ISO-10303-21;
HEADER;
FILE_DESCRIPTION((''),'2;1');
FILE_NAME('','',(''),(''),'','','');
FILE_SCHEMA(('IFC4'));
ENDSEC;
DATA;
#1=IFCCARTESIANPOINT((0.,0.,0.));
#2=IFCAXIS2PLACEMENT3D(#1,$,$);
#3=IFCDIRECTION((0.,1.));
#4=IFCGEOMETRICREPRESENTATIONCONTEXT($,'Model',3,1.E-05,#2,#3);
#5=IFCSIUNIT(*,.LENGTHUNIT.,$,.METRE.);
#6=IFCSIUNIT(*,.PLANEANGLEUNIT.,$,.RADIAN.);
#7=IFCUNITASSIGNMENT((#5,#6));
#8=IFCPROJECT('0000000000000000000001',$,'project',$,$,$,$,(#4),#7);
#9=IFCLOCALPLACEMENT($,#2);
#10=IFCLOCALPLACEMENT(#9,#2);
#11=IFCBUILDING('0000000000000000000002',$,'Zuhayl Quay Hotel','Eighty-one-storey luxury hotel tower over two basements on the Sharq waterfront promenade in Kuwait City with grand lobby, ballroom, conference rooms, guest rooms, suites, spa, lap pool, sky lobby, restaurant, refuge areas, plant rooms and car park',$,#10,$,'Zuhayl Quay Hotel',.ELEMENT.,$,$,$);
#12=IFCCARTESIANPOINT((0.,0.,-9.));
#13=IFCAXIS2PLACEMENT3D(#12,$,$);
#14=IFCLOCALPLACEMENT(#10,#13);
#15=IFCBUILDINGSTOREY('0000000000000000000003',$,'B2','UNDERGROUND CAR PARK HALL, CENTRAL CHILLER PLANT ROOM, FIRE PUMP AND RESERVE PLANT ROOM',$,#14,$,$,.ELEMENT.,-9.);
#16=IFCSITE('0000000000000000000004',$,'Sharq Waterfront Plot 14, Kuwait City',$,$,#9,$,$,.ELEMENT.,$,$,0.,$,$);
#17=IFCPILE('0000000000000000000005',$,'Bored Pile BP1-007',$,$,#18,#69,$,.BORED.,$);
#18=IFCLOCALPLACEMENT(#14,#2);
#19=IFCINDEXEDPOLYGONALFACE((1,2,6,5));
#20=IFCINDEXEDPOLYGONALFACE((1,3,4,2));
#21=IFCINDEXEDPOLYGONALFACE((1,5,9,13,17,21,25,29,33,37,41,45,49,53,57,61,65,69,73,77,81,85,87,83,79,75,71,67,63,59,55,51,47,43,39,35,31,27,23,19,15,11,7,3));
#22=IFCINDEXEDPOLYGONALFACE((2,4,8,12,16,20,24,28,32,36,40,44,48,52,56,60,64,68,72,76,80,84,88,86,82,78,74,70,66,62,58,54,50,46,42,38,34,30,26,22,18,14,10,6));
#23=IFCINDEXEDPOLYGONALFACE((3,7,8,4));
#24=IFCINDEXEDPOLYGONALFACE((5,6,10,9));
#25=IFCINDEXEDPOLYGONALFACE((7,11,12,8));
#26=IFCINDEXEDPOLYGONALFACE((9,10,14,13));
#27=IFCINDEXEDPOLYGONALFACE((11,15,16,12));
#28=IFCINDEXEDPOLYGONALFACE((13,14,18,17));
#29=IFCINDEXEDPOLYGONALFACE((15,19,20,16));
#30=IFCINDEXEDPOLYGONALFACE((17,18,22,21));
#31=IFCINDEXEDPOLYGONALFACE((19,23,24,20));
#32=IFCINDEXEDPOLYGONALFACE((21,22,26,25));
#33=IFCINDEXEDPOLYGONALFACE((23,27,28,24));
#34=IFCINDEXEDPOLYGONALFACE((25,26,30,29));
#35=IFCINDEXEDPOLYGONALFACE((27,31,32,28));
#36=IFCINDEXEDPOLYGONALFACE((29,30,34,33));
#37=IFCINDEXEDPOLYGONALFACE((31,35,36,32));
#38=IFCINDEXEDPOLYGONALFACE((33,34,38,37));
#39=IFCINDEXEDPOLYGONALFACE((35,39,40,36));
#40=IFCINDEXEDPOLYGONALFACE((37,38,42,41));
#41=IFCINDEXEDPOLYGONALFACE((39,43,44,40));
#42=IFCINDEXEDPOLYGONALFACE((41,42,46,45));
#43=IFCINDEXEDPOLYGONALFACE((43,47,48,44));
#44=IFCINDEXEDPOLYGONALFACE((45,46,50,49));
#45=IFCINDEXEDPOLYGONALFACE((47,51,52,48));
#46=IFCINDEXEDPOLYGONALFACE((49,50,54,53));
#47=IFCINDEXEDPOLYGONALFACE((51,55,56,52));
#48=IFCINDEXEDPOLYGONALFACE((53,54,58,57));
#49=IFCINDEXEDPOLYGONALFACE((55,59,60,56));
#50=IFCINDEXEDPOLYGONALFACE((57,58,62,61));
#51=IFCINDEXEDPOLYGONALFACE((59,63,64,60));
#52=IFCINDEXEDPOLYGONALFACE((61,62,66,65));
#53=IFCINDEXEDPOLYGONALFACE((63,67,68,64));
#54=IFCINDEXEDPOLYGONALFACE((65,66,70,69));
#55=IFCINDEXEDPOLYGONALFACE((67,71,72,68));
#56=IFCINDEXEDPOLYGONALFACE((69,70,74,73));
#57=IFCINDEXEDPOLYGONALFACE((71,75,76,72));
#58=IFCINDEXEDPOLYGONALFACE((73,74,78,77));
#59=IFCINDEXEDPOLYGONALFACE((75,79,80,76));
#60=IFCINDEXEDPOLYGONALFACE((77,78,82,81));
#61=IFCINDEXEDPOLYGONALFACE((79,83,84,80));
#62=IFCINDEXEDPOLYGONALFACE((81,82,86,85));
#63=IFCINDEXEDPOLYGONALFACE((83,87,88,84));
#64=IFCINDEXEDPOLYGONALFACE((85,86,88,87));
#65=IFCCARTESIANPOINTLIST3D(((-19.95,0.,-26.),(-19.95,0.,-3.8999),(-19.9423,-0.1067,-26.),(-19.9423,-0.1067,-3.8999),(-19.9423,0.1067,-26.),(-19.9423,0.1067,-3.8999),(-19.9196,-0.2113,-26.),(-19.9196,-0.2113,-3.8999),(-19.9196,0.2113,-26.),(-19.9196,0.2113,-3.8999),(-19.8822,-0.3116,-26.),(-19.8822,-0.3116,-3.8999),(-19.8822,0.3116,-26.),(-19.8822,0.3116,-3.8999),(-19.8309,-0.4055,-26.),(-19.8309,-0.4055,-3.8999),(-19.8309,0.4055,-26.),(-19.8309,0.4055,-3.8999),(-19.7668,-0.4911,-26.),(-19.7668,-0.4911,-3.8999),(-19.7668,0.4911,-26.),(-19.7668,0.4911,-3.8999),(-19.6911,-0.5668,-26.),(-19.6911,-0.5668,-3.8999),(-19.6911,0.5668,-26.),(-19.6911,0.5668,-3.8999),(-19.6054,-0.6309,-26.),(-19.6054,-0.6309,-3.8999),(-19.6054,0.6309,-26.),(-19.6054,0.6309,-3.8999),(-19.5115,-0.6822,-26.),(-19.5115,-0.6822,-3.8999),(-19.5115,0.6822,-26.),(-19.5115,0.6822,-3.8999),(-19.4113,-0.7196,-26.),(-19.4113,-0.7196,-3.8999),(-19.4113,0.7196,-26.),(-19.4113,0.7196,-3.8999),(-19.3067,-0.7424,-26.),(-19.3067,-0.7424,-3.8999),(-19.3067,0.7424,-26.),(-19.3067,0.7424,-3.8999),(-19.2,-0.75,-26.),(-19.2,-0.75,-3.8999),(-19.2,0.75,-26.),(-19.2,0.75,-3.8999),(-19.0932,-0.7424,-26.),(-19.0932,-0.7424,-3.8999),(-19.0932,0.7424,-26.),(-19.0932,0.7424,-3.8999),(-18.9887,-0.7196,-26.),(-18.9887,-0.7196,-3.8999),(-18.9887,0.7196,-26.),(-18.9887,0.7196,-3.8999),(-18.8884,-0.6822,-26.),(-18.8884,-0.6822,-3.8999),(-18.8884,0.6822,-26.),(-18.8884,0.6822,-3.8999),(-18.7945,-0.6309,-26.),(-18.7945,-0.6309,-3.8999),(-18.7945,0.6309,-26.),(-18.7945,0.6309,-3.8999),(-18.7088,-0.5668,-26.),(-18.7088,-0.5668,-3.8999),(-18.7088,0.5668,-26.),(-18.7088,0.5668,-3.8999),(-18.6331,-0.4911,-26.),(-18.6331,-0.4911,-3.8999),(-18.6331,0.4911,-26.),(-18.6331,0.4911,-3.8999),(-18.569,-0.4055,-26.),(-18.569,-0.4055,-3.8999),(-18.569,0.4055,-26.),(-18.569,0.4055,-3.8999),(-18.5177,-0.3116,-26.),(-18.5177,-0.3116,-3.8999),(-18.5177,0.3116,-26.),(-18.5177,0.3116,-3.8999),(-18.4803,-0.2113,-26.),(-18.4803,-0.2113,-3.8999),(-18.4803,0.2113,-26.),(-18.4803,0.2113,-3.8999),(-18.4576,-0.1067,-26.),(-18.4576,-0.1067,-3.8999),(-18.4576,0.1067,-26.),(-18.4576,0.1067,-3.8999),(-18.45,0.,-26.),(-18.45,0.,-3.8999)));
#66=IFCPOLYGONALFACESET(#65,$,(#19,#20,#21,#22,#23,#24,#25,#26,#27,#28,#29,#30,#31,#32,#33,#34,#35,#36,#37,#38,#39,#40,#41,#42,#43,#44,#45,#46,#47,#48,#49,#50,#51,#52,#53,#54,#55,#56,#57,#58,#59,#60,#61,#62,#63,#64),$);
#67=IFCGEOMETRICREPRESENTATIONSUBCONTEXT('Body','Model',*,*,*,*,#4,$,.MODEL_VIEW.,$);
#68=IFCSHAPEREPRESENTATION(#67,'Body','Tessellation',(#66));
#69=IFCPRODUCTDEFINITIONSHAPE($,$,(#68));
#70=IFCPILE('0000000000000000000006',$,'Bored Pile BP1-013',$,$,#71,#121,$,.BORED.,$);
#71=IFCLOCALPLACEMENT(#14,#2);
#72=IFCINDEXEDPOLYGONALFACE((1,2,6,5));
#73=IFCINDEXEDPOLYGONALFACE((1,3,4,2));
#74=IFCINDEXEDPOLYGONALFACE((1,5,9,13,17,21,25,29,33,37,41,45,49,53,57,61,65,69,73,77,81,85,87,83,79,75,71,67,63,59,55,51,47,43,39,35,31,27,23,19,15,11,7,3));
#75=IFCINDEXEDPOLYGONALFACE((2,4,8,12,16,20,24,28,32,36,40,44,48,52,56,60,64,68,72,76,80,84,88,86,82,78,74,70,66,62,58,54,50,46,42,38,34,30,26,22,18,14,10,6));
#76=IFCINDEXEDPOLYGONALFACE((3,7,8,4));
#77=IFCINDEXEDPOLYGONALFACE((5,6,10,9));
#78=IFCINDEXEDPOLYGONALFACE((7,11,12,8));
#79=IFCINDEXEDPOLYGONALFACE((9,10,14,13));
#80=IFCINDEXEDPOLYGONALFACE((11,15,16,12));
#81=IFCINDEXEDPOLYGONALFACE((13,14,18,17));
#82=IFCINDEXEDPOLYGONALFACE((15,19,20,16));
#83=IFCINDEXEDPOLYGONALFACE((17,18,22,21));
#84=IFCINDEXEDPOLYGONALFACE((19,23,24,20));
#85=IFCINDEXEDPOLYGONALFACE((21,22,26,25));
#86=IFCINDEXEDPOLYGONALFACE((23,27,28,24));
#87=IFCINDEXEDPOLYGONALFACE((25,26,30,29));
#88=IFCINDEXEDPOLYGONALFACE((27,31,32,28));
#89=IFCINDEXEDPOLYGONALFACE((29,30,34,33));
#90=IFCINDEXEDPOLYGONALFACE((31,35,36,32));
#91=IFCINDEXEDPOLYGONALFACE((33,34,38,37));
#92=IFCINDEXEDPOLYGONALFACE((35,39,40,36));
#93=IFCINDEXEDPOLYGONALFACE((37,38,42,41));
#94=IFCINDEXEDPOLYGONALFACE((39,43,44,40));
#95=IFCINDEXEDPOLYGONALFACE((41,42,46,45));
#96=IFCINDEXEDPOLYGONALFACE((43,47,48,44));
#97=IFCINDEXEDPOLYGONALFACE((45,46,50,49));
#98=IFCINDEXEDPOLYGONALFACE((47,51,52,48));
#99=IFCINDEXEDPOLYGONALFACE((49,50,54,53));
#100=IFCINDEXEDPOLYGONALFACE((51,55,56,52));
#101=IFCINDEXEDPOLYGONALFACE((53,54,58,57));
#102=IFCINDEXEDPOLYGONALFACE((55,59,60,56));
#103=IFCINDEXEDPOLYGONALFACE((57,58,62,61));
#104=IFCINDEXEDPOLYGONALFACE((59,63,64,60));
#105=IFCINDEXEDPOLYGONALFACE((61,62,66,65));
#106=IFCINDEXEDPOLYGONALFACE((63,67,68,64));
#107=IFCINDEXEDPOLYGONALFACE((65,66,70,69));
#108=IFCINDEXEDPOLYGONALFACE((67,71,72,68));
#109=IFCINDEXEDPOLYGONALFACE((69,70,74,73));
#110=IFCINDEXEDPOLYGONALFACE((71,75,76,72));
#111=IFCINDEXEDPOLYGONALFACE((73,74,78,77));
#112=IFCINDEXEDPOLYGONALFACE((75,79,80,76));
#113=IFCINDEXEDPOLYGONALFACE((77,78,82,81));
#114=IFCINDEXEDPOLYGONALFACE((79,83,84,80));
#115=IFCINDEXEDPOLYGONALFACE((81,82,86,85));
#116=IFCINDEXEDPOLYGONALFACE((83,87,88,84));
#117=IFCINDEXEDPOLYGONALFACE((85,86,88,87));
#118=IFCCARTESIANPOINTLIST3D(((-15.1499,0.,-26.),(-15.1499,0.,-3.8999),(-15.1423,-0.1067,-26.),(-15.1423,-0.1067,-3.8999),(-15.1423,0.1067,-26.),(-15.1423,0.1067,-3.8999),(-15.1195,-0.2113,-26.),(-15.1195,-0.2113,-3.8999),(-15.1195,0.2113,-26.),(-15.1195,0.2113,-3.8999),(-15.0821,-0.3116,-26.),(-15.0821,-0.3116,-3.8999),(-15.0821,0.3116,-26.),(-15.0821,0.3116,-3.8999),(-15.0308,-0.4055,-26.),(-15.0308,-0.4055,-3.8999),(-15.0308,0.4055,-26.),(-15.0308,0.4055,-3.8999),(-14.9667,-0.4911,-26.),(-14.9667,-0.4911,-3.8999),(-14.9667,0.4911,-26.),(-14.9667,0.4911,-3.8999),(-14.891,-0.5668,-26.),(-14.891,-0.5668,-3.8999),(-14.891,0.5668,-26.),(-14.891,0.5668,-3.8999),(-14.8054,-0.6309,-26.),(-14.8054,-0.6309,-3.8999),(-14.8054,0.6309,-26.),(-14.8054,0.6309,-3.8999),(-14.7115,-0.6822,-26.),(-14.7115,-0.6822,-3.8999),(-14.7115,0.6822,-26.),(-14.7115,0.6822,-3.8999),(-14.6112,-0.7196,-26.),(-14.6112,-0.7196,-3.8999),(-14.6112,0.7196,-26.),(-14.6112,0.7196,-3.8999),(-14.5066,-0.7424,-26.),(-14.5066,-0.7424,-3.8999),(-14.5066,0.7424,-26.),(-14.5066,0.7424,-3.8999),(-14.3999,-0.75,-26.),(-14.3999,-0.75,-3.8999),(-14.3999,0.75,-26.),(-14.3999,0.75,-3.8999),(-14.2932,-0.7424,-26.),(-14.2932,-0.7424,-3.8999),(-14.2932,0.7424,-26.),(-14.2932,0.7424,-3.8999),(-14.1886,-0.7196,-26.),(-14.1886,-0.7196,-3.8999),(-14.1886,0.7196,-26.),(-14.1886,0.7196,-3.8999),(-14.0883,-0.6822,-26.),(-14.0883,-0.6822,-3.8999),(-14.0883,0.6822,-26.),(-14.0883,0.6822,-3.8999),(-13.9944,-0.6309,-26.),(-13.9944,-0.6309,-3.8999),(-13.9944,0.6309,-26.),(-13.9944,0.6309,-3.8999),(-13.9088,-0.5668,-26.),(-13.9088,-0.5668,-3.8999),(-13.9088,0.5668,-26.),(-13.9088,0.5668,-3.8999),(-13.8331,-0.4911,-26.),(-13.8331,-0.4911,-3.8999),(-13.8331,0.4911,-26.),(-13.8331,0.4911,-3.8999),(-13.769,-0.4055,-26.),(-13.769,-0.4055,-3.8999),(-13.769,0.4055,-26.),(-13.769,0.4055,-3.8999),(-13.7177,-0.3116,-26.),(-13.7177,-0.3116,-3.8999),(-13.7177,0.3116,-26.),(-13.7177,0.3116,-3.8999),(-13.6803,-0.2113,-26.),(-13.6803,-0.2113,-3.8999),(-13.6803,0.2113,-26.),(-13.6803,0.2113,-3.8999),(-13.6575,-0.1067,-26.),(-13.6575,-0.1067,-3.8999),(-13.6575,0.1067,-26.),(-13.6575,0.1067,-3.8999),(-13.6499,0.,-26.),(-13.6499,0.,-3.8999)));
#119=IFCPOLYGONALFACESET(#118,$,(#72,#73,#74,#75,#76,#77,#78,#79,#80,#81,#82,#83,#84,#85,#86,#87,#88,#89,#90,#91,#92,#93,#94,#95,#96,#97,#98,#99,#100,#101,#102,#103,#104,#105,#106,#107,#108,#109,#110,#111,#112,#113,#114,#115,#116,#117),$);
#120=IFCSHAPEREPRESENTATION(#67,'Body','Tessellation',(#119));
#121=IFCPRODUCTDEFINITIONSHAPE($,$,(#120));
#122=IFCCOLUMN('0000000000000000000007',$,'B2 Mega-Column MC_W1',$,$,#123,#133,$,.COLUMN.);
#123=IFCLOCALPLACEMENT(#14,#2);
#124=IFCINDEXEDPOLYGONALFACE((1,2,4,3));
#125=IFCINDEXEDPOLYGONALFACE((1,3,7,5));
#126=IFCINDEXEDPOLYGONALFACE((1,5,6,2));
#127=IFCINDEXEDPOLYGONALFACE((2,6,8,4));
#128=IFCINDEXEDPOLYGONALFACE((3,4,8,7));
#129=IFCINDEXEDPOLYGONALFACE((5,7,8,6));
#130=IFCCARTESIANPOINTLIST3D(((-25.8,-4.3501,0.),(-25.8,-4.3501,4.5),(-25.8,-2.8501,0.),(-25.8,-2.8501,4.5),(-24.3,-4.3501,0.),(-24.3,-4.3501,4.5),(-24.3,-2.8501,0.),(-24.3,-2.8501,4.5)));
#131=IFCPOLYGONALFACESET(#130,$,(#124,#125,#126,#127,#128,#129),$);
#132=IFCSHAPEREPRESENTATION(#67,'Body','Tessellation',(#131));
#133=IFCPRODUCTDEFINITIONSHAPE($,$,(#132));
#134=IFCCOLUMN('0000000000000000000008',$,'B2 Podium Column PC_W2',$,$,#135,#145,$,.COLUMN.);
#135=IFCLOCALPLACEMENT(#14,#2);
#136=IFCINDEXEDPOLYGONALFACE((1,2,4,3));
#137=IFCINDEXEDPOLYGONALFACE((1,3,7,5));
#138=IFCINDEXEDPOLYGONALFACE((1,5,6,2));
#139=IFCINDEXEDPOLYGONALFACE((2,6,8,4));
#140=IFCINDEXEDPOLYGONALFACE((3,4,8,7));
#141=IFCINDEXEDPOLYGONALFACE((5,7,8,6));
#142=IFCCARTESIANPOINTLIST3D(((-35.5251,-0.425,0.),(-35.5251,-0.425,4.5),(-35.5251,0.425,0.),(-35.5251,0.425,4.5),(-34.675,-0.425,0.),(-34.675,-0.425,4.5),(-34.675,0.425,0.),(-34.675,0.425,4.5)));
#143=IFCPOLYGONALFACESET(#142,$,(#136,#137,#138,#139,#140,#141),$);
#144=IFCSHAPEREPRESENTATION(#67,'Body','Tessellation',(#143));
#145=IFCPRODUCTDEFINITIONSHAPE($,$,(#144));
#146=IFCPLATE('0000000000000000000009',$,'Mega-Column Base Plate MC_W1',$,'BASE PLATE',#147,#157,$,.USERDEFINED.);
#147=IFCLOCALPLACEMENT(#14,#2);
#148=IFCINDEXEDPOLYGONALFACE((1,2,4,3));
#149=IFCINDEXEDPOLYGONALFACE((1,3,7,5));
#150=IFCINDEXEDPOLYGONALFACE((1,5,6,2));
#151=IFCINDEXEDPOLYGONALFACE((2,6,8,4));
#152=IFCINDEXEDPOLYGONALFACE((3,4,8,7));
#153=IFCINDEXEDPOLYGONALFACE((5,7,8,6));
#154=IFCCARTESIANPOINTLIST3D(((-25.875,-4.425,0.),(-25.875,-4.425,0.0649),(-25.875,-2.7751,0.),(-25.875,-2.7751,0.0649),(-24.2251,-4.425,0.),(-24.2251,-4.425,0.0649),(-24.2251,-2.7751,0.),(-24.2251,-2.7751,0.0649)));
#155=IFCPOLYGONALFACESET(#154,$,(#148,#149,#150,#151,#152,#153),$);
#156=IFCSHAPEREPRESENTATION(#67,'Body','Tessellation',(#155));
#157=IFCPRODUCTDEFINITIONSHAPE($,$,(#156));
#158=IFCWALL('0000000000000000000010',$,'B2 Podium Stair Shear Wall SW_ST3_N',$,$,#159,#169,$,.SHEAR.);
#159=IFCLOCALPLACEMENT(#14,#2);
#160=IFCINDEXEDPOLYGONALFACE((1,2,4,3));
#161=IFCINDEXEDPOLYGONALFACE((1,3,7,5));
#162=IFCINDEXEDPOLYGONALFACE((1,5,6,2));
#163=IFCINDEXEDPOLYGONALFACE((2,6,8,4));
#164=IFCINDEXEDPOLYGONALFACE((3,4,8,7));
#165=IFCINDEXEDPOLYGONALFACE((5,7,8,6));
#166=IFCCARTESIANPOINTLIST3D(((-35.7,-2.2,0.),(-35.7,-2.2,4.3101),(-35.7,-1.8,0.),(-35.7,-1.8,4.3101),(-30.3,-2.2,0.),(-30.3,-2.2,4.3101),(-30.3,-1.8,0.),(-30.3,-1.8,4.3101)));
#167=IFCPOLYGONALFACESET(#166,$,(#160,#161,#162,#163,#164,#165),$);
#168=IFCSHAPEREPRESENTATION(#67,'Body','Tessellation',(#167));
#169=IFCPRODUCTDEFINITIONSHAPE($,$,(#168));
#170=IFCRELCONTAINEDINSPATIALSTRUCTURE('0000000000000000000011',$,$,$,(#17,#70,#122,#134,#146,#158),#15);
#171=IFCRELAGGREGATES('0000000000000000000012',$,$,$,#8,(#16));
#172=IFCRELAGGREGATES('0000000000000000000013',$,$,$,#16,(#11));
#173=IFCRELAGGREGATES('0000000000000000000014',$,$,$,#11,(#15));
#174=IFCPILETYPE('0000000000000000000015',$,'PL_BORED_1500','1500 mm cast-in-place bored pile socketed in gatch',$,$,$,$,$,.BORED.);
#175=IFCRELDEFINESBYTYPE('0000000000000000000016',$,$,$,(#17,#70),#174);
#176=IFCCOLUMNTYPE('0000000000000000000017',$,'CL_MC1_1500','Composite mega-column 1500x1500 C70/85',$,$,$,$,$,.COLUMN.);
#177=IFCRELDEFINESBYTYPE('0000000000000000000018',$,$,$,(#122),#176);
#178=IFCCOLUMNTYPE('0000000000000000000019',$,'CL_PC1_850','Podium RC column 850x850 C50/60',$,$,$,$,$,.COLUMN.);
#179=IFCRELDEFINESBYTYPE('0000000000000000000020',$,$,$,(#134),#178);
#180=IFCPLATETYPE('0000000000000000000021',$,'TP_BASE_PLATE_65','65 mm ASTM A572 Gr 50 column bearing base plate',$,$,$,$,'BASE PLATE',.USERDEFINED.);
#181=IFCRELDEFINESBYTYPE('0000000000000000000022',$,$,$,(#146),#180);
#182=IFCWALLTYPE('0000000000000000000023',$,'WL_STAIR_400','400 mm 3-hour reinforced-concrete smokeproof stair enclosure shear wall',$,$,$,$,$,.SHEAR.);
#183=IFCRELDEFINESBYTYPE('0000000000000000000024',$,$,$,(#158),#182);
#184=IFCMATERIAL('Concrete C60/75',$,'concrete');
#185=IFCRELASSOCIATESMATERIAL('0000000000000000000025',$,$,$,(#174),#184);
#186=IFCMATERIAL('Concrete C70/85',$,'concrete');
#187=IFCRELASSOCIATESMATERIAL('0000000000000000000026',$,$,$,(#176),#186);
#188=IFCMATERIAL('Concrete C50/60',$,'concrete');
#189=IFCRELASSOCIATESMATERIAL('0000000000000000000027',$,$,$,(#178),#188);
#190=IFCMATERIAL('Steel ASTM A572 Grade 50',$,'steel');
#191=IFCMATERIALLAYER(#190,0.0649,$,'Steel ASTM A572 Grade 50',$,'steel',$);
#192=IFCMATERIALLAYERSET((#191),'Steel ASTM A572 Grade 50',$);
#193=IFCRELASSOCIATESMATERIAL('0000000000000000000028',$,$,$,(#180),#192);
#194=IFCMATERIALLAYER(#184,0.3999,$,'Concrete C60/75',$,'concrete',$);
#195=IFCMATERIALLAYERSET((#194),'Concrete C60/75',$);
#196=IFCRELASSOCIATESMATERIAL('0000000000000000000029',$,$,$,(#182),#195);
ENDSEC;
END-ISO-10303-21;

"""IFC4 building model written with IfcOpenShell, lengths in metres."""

from ifc_helpers import new_model, si_unit, direction, frame, frame_2d, origin, origin_2d, place, context, subcontext, project, spatial, rectangle, circle, extrude, material, layer, layer_set, material_profile, profile_set, type_object, element, save


model = new_model("IFC4")

# Units and contexts
model_context = context("Model", 3, precision=1e-05, world=origin(), true_north=direction((0.0, 1.0)))
body_context = subcontext(model_context, "Body", "Model", "MODEL_VIEW")
ifc_project = project(units=[si_unit("LENGTHUNIT", "METRE"), si_unit("PLANEANGLEUNIT", "RADIAN")], contexts=[model_context])

# Site, building, storey
site_placement = place(None, origin())
site = spatial("IfcSite", under=ifc_project, at=site_placement, Name="Sharq Waterfront Plot 14, Kuwait City", CompositionType="ELEMENT", RefElevation=0.0)
building_placement = place(site_placement, origin())
building = spatial("IfcBuilding", under=site, at=building_placement, Name="Zuhayl Quay Hotel", Description="Eighty-one-storey luxury hotel tower over two basements on the Sharq waterfront promenade in Kuwait City with grand lobby, ballroom, conference rooms, guest rooms, suites, spa, lap pool, sky lobby, restaurant, refuge areas, plant rooms and car park", LongName="Zuhayl Quay Hotel", CompositionType="ELEMENT")
storey_placement = place(building_placement, frame((0.0, 0.0, -9.0)))
storey = spatial("IfcBuildingStorey", under=building, at=storey_placement, Name="B2", Description="UNDERGROUND CAR PARK HALL, CENTRAL CHILLER PLANT ROOM, FIRE PUMP AND RESERVE PLANT ROOM", CompositionType="ELEMENT", Elevation=-9.0)

# Piles
ifc_material_1 = material(Name="Concrete C60/75", Category="concrete")
ifc_material_profile_1 = material_profile(ifc_material_1, circle(Radius=0.75, at=origin_2d()), Name="PILE1500")
ifc_profile_set_1 = profile_set([ifc_material_profile_1], Name="Concrete C60/75")
pile_type_1 = type_object("IfcPileType", Name="PL_BORED_1500", Description="1500 mm cast-in-place bored pile socketed in gatch", PredefinedType="BORED", material=ifc_profile_set_1)
for number, where, z_axis, x_axis, name in (
    (1, (-19.2, 0.0, -3.8999), (0.0, 0.0, -1.0), (1.0, 0.0, 0.0), "Bored Pile BP1-007"),
    (2, (-14.3999, 0.0, -3.8999), (0.0, 0.0, -1.0), (1.0, 0.0, 0.0), "Bored Pile BP1-013"),
):
    element("IfcPile", number, at=place(storey_placement, frame(where, z_axis=z_axis, x_axis=x_axis)), inside=storey, type_object=pile_type_1, Name=name, PredefinedType="BORED", context=body_context, shape_type="SweptSolid", body=[
        extrude(circle(Radius=0.75, at=origin_2d()), origin(), (0.0, 0.0, 1.0), 22.1001),
    ])

# Columns
ifc_material_2 = material(Name="Concrete C70/85", Category="concrete")
ifc_material_profile_2 = material_profile(ifc_material_2, rectangle(XDim=1.5, YDim=1.5, at=origin_2d()), Name="RC1500X1500")
ifc_profile_set_2 = profile_set([ifc_material_profile_2], Name="Concrete C70/85")
column_type_1 = type_object("IfcColumnType", Name="CL_MC1_1500", Description="Composite mega-column 1500x1500 C70/85", PredefinedType="COLUMN", material=ifc_profile_set_2)
column_1_placement = place(storey_placement, frame((-25.05, -3.6001, 0.0), z_axis=(0.0, 0.0, 1.0), x_axis=(1.0, 0.0, 0.0)))
element("IfcColumn", 3, at=column_1_placement, inside=storey, type_object=column_type_1, Name="B2 Mega-Column MC_W1", PredefinedType="COLUMN", context=body_context, shape_type="SweptSolid", body=[
    extrude(rectangle(XDim=1.5, YDim=1.5, at=origin_2d()), origin(), (0.0, 0.0, 1.0), 4.5),
])
ifc_material_3 = material(Name="Concrete C50/60", Category="concrete")
ifc_material_profile_3 = material_profile(ifc_material_3, rectangle(XDim=0.8501, YDim=0.8501, at=origin_2d()), Name="RC850X850")
ifc_profile_set_3 = profile_set([ifc_material_profile_3], Name="Concrete C50/60")
column_type_2 = type_object("IfcColumnType", Name="CL_PC1_850", Description="Podium RC column 850x850 C50/60", PredefinedType="COLUMN", material=ifc_profile_set_3)
column_2_placement = place(storey_placement, frame((-35.1001, 0.0, 0.0), z_axis=(0.0, 0.0, 1.0), x_axis=(1.0, 0.0, 0.0)))
element("IfcColumn", 4, at=column_2_placement, inside=storey, type_object=column_type_2, Name="B2 Podium Column PC_W2", PredefinedType="COLUMN", context=body_context, shape_type="SweptSolid", body=[
    extrude(rectangle(XDim=0.8501, YDim=0.8501, at=origin_2d()), origin(), (0.0, 0.0, 1.0), 4.5),
])

# Plate
ifc_material_4 = material(Name="Steel ASTM A572 Grade 50", Category="steel")
ifc_layer_1 = layer(ifc_material_4, 0.0649, Name="Steel ASTM A572 Grade 50", Category="steel")
ifc_layer_set_1 = layer_set([ifc_layer_1], Name="Steel ASTM A572 Grade 50")
plate_type = type_object("IfcPlateType", Name="TP_BASE_PLATE_65", Description="65 mm ASTM A572 Gr 50 column bearing base plate", ElementType="BASE PLATE", PredefinedType="USERDEFINED", material=ifc_layer_set_1)
plate_placement = place(storey_placement, frame((-25.05, -3.6001, 0.0), z_axis=(0.0, 0.0, 1.0), x_axis=(1.0, 0.0, 0.0)))
element("IfcPlate", 5, at=plate_placement, inside=storey, type_object=plate_type, Name="Mega-Column Base Plate MC_W1", ObjectType="BASE PLATE", PredefinedType="USERDEFINED", context=body_context, shape_type="SweptSolid", body=[
    extrude(rectangle(XDim=1.6499, YDim=1.6499, at=origin_2d()), origin(), (0.0, 0.0, 1.0), 0.0649),
])

# Wall
ifc_layer_2 = layer(ifc_material_1, 0.3999, Name="Concrete C60/75", Category="concrete")
ifc_layer_set_2 = layer_set([ifc_layer_2], Name="Concrete C60/75")
wall_type = type_object("IfcWallType", Name="WL_STAIR_400", Description="400 mm 3-hour reinforced-concrete smokeproof stair enclosure shear wall", PredefinedType="SHEAR", material=ifc_layer_set_2)
wall_placement = place(storey_placement, frame((-35.7, -2.0, 0.0), z_axis=(0.0, 0.0, 1.0), x_axis=(1.0, 0.0, 0.0)))
element("IfcWall", 6, at=wall_placement, inside=storey, type_object=wall_type, Name="B2 Podium Stair Shear Wall SW_ST3_N", PredefinedType="SHEAR", context=body_context, shape_type="SweptSolid", body=[
    extrude(rectangle(XDim=5.3999, YDim=0.3999, at=frame_2d((2.7, 0.0))), origin(), (0.0, 0.0, 1.0), 4.3101),
])

save(model, "model.ifc")
